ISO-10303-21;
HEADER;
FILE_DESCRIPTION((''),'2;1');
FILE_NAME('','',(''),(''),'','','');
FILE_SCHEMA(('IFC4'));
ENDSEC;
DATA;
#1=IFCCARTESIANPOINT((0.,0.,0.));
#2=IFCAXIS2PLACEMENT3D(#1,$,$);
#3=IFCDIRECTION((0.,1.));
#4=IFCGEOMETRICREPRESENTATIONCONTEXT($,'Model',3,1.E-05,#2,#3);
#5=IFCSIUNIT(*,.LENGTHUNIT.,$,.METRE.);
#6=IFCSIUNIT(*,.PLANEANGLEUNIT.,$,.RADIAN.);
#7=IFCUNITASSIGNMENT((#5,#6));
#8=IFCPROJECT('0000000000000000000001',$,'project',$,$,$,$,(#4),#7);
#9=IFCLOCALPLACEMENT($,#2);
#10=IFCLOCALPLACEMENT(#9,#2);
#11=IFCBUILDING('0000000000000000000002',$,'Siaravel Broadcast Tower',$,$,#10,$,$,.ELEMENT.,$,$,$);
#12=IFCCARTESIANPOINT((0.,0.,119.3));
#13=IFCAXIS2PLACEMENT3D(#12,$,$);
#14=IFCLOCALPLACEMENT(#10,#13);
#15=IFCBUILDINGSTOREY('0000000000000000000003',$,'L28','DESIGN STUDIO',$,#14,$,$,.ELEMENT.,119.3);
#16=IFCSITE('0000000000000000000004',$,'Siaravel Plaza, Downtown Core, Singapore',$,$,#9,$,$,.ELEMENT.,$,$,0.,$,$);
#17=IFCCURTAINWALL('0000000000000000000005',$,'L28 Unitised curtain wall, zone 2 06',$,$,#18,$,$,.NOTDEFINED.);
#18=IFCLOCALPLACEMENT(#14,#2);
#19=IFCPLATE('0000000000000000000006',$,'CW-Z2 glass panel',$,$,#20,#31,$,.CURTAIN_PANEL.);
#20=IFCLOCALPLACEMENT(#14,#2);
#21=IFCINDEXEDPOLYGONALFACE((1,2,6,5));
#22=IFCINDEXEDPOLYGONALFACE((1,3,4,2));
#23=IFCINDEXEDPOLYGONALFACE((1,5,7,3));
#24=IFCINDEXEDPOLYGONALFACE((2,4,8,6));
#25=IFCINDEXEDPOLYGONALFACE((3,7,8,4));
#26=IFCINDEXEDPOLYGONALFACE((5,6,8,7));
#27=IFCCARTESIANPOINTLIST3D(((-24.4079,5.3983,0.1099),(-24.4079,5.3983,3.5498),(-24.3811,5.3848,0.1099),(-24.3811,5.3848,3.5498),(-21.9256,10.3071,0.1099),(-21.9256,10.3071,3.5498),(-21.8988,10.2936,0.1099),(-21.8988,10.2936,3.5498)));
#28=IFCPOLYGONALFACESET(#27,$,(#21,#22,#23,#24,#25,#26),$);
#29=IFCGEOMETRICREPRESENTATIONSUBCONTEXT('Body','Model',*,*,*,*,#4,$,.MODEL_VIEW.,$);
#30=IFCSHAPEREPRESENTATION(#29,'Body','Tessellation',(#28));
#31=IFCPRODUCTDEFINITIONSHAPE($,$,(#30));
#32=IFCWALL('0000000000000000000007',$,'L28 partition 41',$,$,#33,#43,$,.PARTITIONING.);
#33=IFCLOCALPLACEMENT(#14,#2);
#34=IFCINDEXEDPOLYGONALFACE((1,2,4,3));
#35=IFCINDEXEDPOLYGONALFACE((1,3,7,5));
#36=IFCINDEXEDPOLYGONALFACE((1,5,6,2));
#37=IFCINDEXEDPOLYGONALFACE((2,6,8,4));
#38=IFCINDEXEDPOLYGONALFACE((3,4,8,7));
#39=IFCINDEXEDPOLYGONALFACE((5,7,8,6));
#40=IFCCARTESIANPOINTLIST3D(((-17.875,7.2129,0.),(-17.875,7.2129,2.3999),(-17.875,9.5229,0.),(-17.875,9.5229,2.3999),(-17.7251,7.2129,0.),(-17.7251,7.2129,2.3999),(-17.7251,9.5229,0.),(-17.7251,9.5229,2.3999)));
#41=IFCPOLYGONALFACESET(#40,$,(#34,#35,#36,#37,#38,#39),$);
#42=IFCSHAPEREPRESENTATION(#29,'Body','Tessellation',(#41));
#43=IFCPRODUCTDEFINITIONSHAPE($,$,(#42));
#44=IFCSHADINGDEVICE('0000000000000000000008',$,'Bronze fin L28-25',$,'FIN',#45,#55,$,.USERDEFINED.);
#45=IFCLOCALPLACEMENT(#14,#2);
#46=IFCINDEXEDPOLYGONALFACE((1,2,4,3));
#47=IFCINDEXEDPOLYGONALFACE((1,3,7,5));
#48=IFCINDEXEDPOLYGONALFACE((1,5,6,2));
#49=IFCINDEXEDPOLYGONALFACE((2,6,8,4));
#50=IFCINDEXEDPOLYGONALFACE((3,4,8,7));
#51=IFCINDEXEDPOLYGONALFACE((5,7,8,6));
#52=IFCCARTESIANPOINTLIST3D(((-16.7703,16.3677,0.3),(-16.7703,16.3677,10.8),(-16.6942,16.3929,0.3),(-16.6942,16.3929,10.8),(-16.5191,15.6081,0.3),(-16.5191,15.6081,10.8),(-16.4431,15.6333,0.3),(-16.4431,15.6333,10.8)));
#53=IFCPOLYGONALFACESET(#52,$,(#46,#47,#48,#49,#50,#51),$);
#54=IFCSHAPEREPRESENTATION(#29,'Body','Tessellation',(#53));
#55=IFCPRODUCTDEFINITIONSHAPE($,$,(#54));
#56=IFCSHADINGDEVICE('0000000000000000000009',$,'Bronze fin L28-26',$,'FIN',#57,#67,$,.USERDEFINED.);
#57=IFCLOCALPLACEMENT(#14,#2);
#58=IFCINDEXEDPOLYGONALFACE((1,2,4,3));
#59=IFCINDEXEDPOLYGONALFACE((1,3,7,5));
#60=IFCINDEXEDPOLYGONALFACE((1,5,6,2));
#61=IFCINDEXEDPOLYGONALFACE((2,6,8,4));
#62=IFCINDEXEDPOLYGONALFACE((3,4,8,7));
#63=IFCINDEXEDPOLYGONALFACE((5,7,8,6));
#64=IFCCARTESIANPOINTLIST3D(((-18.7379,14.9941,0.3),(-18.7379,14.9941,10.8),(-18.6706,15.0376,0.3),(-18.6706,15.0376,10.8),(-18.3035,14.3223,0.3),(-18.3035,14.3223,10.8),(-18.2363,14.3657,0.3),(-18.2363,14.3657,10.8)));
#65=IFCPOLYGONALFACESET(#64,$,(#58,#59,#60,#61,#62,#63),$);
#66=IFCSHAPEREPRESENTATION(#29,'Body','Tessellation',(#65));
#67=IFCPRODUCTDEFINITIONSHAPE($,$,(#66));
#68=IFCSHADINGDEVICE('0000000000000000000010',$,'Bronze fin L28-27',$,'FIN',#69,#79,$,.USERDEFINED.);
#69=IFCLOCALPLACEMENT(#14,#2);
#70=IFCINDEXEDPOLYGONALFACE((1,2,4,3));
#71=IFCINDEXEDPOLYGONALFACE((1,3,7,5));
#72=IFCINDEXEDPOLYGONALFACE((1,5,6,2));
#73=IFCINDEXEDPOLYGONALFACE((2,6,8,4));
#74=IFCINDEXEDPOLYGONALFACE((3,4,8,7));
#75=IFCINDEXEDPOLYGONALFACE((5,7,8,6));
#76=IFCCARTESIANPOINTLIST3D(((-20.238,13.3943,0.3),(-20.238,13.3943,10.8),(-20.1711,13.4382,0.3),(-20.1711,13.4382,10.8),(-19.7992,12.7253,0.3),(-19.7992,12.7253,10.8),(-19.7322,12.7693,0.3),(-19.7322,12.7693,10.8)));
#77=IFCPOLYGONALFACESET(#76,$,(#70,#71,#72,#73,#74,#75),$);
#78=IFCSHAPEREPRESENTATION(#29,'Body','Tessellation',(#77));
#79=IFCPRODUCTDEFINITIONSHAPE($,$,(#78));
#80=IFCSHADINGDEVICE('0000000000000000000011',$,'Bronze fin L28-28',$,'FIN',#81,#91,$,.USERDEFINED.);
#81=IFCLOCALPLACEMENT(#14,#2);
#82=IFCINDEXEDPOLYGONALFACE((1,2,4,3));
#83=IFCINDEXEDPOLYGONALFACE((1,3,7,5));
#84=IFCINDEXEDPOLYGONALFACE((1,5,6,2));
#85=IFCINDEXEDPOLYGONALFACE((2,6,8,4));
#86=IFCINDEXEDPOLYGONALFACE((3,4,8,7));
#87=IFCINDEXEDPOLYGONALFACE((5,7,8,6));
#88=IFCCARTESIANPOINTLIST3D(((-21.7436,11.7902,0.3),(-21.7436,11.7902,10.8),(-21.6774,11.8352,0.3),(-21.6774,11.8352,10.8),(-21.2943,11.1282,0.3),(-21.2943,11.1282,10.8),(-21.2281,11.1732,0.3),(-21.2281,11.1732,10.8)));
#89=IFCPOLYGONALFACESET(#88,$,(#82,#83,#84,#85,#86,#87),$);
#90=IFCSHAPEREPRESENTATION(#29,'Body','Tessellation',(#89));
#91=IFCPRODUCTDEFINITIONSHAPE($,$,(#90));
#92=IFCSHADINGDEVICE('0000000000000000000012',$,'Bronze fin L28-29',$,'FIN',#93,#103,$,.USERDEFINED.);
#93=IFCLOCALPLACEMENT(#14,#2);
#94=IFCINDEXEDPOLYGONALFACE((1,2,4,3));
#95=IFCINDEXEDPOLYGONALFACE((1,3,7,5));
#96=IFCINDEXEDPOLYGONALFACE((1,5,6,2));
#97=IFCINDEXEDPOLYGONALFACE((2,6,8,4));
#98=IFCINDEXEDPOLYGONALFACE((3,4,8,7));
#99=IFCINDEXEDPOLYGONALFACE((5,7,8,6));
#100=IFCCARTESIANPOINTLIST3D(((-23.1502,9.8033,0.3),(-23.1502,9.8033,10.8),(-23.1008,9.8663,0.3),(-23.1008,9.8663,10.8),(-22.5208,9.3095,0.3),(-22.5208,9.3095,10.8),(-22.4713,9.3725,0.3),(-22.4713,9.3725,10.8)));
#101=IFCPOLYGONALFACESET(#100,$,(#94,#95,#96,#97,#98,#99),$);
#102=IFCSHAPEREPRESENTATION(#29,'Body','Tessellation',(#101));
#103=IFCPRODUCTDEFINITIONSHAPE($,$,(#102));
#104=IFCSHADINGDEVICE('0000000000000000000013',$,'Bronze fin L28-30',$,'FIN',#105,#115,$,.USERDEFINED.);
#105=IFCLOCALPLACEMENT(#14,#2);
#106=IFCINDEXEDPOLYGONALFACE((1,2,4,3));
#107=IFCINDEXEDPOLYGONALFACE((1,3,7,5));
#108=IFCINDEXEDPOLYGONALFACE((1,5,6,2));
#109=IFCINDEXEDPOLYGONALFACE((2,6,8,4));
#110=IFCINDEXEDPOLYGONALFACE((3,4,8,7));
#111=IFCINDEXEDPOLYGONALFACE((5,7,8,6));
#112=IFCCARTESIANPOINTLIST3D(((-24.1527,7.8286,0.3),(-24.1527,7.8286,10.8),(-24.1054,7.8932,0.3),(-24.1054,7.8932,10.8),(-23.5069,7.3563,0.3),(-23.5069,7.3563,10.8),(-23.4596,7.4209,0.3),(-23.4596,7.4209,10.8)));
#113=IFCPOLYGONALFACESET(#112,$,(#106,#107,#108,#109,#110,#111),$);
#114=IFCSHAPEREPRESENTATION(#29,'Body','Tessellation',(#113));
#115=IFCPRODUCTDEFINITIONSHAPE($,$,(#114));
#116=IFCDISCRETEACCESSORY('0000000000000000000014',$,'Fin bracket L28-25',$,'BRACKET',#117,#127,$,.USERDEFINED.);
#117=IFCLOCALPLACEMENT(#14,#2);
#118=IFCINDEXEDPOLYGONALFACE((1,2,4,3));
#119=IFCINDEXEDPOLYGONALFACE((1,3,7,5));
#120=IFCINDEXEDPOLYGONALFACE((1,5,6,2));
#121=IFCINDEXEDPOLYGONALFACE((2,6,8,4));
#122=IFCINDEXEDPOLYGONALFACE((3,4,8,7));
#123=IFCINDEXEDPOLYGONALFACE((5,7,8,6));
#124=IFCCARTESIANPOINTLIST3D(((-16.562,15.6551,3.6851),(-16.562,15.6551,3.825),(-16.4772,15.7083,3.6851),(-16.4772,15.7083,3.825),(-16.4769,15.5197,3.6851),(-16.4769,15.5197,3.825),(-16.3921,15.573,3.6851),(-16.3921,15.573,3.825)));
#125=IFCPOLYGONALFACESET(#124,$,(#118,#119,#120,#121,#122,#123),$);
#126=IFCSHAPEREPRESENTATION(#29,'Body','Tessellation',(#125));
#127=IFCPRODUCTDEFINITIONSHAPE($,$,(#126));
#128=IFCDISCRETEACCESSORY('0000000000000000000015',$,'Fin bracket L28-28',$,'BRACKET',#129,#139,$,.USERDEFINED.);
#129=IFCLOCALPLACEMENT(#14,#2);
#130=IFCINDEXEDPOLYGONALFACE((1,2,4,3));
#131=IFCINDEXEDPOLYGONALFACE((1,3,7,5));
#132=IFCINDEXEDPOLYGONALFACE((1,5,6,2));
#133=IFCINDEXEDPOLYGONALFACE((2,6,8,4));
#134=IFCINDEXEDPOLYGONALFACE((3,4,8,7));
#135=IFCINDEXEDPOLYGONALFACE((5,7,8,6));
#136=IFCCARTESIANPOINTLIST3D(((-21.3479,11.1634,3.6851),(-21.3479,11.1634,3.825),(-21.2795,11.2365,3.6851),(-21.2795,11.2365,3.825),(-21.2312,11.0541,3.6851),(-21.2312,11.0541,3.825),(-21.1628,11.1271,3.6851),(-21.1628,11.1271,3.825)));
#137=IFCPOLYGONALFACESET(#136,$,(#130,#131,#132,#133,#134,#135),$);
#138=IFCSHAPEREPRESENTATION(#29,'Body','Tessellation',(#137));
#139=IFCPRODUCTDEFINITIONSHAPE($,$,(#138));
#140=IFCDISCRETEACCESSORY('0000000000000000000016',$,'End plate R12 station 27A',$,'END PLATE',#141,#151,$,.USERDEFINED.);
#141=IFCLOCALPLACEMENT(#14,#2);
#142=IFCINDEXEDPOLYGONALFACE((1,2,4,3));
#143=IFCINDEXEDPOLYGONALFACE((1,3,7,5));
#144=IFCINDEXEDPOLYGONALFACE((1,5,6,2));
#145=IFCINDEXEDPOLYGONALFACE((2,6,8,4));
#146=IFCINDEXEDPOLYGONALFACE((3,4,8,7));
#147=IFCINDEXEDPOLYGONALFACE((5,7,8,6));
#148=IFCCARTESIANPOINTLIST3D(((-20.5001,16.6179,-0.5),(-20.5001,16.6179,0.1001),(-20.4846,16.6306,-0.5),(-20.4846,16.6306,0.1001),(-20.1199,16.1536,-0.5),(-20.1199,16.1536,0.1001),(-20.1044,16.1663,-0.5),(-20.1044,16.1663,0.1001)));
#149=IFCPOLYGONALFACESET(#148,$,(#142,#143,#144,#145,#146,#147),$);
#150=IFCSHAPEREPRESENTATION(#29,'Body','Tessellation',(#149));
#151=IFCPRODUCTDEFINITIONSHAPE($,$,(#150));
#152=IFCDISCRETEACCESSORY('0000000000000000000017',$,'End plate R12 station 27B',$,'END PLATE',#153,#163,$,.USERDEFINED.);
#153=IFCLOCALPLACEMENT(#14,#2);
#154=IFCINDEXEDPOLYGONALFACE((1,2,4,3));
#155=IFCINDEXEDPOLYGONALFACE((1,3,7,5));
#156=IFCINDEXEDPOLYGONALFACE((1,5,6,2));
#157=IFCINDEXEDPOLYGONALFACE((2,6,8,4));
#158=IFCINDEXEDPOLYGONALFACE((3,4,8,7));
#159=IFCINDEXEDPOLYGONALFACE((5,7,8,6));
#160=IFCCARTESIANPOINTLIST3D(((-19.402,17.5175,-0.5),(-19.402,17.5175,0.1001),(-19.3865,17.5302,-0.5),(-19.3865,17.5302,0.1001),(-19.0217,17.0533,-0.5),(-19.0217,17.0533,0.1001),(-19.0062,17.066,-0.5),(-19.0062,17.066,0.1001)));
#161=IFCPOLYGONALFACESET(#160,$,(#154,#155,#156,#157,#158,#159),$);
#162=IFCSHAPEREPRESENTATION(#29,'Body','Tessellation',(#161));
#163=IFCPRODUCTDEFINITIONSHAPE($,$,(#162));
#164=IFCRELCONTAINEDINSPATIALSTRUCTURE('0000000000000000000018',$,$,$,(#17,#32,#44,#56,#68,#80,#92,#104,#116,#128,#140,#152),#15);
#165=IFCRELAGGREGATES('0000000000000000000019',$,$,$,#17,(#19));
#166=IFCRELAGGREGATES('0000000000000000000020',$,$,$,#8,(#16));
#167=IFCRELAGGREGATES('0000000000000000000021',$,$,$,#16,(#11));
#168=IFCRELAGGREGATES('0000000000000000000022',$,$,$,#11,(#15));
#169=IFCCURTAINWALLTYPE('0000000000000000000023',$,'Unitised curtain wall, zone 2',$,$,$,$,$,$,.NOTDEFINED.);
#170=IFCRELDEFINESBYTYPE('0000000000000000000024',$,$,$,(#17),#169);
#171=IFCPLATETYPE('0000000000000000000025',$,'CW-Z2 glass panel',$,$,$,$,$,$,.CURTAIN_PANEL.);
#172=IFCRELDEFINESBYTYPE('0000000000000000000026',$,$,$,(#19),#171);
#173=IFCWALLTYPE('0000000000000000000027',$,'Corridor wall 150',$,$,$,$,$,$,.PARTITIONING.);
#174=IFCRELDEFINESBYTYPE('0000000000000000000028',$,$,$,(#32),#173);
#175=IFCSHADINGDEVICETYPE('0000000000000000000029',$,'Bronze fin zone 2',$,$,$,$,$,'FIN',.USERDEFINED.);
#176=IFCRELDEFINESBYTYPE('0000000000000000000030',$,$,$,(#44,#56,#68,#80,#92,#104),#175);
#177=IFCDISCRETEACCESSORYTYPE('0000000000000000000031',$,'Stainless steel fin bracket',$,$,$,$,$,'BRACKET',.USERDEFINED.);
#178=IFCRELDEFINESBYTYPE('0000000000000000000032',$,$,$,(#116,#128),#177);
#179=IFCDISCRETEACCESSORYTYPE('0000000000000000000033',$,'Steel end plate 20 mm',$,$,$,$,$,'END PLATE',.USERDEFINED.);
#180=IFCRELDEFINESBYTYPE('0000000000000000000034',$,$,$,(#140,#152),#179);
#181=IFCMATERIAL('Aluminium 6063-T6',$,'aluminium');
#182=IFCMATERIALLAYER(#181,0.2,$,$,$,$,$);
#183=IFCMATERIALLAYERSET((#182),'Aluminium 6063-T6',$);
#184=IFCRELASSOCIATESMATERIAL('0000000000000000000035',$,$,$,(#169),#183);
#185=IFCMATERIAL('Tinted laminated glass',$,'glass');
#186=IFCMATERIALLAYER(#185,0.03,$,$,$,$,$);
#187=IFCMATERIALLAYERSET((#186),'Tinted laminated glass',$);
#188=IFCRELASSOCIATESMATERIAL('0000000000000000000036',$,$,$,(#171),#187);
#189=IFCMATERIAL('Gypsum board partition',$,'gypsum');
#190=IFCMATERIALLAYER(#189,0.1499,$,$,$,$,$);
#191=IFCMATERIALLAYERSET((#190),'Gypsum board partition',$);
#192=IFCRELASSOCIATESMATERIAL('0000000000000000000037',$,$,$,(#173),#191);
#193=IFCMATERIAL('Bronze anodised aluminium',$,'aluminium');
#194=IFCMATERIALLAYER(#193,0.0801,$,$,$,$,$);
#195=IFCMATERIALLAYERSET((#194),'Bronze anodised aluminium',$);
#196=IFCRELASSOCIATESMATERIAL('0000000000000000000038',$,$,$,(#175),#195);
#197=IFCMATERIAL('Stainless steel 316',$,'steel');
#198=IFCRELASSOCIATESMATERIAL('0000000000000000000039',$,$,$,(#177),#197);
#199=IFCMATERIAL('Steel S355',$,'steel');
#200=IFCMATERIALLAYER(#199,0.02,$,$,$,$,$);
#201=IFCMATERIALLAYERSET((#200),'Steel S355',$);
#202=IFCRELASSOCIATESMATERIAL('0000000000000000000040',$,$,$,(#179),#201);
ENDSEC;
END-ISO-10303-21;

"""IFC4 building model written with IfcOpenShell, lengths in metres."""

from ifc_helpers import new_model, si_unit, direction, frame, frame_2d, origin, origin_2d, place, context, subcontext, project, spatial, rectangle, extrude, material, layer, layer_set, type_object, element, aggregate, save


model = new_model("IFC4")

# Units and contexts
model_context = context("Model", 3, precision=1e-05, world=origin(), true_north=direction((0.0, 1.0)))
body_context = subcontext(model_context, "Body", "Model", "MODEL_VIEW")
ifc_project = project(units=[si_unit("LENGTHUNIT", "METRE"), si_unit("PLANEANGLEUNIT", "RADIAN")], contexts=[model_context])

# Site, building, storey
site_placement = place(None, origin())
site = spatial("IfcSite", under=ifc_project, at=site_placement, Name="Siaravel Plaza, Downtown Core, Singapore", CompositionType="ELEMENT", RefElevation=0.0)
building_placement = place(site_placement, origin())
building = spatial("IfcBuilding", under=site, at=building_placement, Name="Siaravel Broadcast Tower", CompositionType="ELEMENT")
storey_placement = place(building_placement, frame((0.0, 0.0, 119.3)))
storey = spatial("IfcBuildingStorey", under=building, at=storey_placement, Name="L28", Description="DESIGN STUDIO", CompositionType="ELEMENT", Elevation=119.3)

# Shared definitions
ifc_material_1 = material(Name="Steel S355", Category="steel")

# Shared definitions
ifc_material_2 = material(Name="Aluminium 6063-T6", Category="aluminium")
ifc_layer_1 = layer(ifc_material_2, 0.2)
ifc_layer_set_1 = layer_set([ifc_layer_1], Name="Aluminium 6063-T6")
curtain_wall_type = type_object("IfcCurtainWallType", Name="Unitised curtain wall, zone 2", PredefinedType="NOTDEFINED", material=ifc_layer_set_1)

# Curtain wall
curtain_wall_1_placement = place(storey_placement, origin())
curtain_wall_1 = element("IfcCurtainWall", 1, at=curtain_wall_1_placement, inside=storey, type_object=curtain_wall_type, Name="L28 Unitised curtain wall, zone 2 06", PredefinedType="NOTDEFINED")

# Plate
ifc_material_3 = material(Name="Tinted laminated glass", Category="glass")
ifc_layer_2 = layer(ifc_material_3, 0.03)
ifc_layer_set_2 = layer_set([ifc_layer_2], Name="Tinted laminated glass")
plate_type = type_object("IfcPlateType", Name="CW-Z2 glass panel", PredefinedType="CURTAIN_PANEL", material=ifc_layer_set_2)
plate_1_placement = place(storey_placement, frame((-23.1533, 7.8459, 0.1099), z_axis=(0.0, 0.0, 1.0), x_axis=(-0.451261, -0.892392, 0.0)))
plate_1 = element("IfcPlate", 2, at=plate_1_placement, type_object=plate_type, Name="CW-Z2 glass panel", PredefinedType="CURTAIN_PANEL", context=body_context, shape_type="SweptSolid", body=[
    extrude(rectangle(XDim=5.5007, YDim=0.03, at=origin_2d()), origin(), (0.0, 0.0, 1.0), 3.4399),
])
aggregate(curtain_wall_1, [plate_1])

# Shared definitions
ifc_material_4 = material(Name="Gypsum board partition", Category="gypsum")
ifc_layer_3 = layer(ifc_material_4, 0.1499)
ifc_layer_set_3 = layer_set([ifc_layer_3], Name="Gypsum board partition")
wall_type = type_object("IfcWallType", Name="Corridor wall 150", PredefinedType="PARTITIONING", material=ifc_layer_set_3)

# Wall
wall_1_placement = place(storey_placement, frame((-17.8, 9.5229, 0.0), z_axis=(0.0, 0.0, 1.0), x_axis=(0.0, -1.0, 0.0)))
element("IfcWall", 3, at=wall_1_placement, inside=storey, type_object=wall_type, Name="L28 partition 41", PredefinedType="PARTITIONING", context=body_context, shape_type="SweptSolid", body=[
    extrude(rectangle(XDim=2.3101, YDim=0.1499, at=frame_2d((1.155, 0.0))), origin(), (0.0, 0.0, 1.0), 2.3999),
])

# Shading devices
ifc_material_5 = material(Name="Bronze anodised aluminium", Category="aluminium")
ifc_layer_4 = layer(ifc_material_5, 0.0801)
ifc_layer_set_4 = layer_set([ifc_layer_4], Name="Bronze anodised aluminium")
shading_device_type = type_object("IfcShadingDeviceType", Name="Bronze fin zone 2", ElementType="FIN", PredefinedType="USERDEFINED", material=ifc_layer_set_4)
for number, where, z_axis, x_axis, name in (
    (4, (-16.6067, 16.0005, 0.3), (0.0, 0.0, 1.0), (-0.313903, 0.949455, 0.0), "Bronze fin L28-25"),
    (5, (-18.4871, 14.6799, 0.3), (0.0, 0.0, 1.0), (-0.542925, 0.839781, 0.0), "Bronze fin L28-26"),
    (6, (-19.9851, 13.0818, 0.3), (0.0, 0.0, 1.0), (-0.548521, 0.836137, 0.0), "Bronze fin L28-27"),
    (7, (-21.4858, 11.4817, 0.3), (0.0, 0.0, 1.0), (-0.561616, 0.827398, 0.0), "Bronze fin L28-28"),
    (8, (-22.8108, 9.5879, 0.3), (0.0, 0.0, 1.0), (-0.78681, 0.617195, 0.0), "Bronze fin L28-29"),
    (9, (-23.8062, 7.6248, 0.3), (0.0, 0.0, 1.0), (-0.807138, 0.590363, 0.0), "Bronze fin L28-30"),
):
    element("IfcShadingDevice", number, at=place(storey_placement, frame(where, z_axis=z_axis, x_axis=x_axis)), inside=storey, type_object=shading_device_type, Name=name, ObjectType="FIN", PredefinedType="USERDEFINED", context=body_context, shape_type="SweptSolid", body=[
        extrude(rectangle(XDim=0.8, YDim=0.0801, at=origin_2d()), origin(), (0.0, 0.0, 1.0), 10.5),
    ])

# Discrete accessories
ifc_material_6 = material(Name="Stainless steel 316", Category="steel")
discrete_accessory_type_1 = type_object("IfcDiscreteAccessoryType", Name="Stainless steel fin bracket", ElementType="BRACKET", PredefinedType="USERDEFINED", material=ifc_material_6)
for number, where, z_axis, x_axis, name in (
    (10, (-16.4771, 15.614, 3.6851), (0.0, 0.0, 1.0), (-0.532149, 0.84665, 0.0), "Fin bracket L28-25"),
    (11, (-21.2554, 11.1453, 3.6851), (0.0, 0.0, 1.0), (-0.729806, 0.683655, 0.0), "Fin bracket L28-28"),
):
    element("IfcDiscreteAccessory", number, at=place(storey_placement, frame(where, z_axis=z_axis, x_axis=x_axis)), inside=storey, type_object=discrete_accessory_type_1, Name=name, ObjectType="BRACKET", PredefinedType="USERDEFINED", context=body_context, shape_type="SweptSolid", body=[
        extrude(rectangle(XDim=0.1599, YDim=0.1001, at=origin_2d()), origin(), (0.0, 0.0, 1.0), 0.1399),
    ])
ifc_layer_5 = layer(ifc_material_1, 0.02)
ifc_layer_set_5 = layer_set([ifc_layer_5], Name="Steel S355")
discrete_accessory_type_2 = type_object("IfcDiscreteAccessoryType", Name="Steel end plate 20 mm", ElementType="END PLATE", PredefinedType="USERDEFINED", material=ifc_layer_set_5)
for number, where, z_axis, x_axis, name in (
    (12, (-20.3022, 16.3921, -0.5), (0.0, 0.0, 1.0), (-0.773605, -0.633669, 0.0), "End plate R12 station 27A"),
    (13, (-19.2041, 17.2917, -0.5), (0.0, 0.0, 1.0), (-0.773605, -0.633669, 0.0), "End plate R12 station 27B"),
):
    element("IfcDiscreteAccessory", number, at=place(storey_placement, frame(where, z_axis=z_axis, x_axis=x_axis)), inside=storey, type_object=discrete_accessory_type_2, Name=name, ObjectType="END PLATE", PredefinedType="USERDEFINED", context=body_context, shape_type="SweptSolid", body=[
        extrude(rectangle(XDim=0.02, YDim=0.6001, at=origin_2d()), origin(), (0.0, 0.0, 1.0), 0.6001),
    ])

save(model, "model.ifc")
